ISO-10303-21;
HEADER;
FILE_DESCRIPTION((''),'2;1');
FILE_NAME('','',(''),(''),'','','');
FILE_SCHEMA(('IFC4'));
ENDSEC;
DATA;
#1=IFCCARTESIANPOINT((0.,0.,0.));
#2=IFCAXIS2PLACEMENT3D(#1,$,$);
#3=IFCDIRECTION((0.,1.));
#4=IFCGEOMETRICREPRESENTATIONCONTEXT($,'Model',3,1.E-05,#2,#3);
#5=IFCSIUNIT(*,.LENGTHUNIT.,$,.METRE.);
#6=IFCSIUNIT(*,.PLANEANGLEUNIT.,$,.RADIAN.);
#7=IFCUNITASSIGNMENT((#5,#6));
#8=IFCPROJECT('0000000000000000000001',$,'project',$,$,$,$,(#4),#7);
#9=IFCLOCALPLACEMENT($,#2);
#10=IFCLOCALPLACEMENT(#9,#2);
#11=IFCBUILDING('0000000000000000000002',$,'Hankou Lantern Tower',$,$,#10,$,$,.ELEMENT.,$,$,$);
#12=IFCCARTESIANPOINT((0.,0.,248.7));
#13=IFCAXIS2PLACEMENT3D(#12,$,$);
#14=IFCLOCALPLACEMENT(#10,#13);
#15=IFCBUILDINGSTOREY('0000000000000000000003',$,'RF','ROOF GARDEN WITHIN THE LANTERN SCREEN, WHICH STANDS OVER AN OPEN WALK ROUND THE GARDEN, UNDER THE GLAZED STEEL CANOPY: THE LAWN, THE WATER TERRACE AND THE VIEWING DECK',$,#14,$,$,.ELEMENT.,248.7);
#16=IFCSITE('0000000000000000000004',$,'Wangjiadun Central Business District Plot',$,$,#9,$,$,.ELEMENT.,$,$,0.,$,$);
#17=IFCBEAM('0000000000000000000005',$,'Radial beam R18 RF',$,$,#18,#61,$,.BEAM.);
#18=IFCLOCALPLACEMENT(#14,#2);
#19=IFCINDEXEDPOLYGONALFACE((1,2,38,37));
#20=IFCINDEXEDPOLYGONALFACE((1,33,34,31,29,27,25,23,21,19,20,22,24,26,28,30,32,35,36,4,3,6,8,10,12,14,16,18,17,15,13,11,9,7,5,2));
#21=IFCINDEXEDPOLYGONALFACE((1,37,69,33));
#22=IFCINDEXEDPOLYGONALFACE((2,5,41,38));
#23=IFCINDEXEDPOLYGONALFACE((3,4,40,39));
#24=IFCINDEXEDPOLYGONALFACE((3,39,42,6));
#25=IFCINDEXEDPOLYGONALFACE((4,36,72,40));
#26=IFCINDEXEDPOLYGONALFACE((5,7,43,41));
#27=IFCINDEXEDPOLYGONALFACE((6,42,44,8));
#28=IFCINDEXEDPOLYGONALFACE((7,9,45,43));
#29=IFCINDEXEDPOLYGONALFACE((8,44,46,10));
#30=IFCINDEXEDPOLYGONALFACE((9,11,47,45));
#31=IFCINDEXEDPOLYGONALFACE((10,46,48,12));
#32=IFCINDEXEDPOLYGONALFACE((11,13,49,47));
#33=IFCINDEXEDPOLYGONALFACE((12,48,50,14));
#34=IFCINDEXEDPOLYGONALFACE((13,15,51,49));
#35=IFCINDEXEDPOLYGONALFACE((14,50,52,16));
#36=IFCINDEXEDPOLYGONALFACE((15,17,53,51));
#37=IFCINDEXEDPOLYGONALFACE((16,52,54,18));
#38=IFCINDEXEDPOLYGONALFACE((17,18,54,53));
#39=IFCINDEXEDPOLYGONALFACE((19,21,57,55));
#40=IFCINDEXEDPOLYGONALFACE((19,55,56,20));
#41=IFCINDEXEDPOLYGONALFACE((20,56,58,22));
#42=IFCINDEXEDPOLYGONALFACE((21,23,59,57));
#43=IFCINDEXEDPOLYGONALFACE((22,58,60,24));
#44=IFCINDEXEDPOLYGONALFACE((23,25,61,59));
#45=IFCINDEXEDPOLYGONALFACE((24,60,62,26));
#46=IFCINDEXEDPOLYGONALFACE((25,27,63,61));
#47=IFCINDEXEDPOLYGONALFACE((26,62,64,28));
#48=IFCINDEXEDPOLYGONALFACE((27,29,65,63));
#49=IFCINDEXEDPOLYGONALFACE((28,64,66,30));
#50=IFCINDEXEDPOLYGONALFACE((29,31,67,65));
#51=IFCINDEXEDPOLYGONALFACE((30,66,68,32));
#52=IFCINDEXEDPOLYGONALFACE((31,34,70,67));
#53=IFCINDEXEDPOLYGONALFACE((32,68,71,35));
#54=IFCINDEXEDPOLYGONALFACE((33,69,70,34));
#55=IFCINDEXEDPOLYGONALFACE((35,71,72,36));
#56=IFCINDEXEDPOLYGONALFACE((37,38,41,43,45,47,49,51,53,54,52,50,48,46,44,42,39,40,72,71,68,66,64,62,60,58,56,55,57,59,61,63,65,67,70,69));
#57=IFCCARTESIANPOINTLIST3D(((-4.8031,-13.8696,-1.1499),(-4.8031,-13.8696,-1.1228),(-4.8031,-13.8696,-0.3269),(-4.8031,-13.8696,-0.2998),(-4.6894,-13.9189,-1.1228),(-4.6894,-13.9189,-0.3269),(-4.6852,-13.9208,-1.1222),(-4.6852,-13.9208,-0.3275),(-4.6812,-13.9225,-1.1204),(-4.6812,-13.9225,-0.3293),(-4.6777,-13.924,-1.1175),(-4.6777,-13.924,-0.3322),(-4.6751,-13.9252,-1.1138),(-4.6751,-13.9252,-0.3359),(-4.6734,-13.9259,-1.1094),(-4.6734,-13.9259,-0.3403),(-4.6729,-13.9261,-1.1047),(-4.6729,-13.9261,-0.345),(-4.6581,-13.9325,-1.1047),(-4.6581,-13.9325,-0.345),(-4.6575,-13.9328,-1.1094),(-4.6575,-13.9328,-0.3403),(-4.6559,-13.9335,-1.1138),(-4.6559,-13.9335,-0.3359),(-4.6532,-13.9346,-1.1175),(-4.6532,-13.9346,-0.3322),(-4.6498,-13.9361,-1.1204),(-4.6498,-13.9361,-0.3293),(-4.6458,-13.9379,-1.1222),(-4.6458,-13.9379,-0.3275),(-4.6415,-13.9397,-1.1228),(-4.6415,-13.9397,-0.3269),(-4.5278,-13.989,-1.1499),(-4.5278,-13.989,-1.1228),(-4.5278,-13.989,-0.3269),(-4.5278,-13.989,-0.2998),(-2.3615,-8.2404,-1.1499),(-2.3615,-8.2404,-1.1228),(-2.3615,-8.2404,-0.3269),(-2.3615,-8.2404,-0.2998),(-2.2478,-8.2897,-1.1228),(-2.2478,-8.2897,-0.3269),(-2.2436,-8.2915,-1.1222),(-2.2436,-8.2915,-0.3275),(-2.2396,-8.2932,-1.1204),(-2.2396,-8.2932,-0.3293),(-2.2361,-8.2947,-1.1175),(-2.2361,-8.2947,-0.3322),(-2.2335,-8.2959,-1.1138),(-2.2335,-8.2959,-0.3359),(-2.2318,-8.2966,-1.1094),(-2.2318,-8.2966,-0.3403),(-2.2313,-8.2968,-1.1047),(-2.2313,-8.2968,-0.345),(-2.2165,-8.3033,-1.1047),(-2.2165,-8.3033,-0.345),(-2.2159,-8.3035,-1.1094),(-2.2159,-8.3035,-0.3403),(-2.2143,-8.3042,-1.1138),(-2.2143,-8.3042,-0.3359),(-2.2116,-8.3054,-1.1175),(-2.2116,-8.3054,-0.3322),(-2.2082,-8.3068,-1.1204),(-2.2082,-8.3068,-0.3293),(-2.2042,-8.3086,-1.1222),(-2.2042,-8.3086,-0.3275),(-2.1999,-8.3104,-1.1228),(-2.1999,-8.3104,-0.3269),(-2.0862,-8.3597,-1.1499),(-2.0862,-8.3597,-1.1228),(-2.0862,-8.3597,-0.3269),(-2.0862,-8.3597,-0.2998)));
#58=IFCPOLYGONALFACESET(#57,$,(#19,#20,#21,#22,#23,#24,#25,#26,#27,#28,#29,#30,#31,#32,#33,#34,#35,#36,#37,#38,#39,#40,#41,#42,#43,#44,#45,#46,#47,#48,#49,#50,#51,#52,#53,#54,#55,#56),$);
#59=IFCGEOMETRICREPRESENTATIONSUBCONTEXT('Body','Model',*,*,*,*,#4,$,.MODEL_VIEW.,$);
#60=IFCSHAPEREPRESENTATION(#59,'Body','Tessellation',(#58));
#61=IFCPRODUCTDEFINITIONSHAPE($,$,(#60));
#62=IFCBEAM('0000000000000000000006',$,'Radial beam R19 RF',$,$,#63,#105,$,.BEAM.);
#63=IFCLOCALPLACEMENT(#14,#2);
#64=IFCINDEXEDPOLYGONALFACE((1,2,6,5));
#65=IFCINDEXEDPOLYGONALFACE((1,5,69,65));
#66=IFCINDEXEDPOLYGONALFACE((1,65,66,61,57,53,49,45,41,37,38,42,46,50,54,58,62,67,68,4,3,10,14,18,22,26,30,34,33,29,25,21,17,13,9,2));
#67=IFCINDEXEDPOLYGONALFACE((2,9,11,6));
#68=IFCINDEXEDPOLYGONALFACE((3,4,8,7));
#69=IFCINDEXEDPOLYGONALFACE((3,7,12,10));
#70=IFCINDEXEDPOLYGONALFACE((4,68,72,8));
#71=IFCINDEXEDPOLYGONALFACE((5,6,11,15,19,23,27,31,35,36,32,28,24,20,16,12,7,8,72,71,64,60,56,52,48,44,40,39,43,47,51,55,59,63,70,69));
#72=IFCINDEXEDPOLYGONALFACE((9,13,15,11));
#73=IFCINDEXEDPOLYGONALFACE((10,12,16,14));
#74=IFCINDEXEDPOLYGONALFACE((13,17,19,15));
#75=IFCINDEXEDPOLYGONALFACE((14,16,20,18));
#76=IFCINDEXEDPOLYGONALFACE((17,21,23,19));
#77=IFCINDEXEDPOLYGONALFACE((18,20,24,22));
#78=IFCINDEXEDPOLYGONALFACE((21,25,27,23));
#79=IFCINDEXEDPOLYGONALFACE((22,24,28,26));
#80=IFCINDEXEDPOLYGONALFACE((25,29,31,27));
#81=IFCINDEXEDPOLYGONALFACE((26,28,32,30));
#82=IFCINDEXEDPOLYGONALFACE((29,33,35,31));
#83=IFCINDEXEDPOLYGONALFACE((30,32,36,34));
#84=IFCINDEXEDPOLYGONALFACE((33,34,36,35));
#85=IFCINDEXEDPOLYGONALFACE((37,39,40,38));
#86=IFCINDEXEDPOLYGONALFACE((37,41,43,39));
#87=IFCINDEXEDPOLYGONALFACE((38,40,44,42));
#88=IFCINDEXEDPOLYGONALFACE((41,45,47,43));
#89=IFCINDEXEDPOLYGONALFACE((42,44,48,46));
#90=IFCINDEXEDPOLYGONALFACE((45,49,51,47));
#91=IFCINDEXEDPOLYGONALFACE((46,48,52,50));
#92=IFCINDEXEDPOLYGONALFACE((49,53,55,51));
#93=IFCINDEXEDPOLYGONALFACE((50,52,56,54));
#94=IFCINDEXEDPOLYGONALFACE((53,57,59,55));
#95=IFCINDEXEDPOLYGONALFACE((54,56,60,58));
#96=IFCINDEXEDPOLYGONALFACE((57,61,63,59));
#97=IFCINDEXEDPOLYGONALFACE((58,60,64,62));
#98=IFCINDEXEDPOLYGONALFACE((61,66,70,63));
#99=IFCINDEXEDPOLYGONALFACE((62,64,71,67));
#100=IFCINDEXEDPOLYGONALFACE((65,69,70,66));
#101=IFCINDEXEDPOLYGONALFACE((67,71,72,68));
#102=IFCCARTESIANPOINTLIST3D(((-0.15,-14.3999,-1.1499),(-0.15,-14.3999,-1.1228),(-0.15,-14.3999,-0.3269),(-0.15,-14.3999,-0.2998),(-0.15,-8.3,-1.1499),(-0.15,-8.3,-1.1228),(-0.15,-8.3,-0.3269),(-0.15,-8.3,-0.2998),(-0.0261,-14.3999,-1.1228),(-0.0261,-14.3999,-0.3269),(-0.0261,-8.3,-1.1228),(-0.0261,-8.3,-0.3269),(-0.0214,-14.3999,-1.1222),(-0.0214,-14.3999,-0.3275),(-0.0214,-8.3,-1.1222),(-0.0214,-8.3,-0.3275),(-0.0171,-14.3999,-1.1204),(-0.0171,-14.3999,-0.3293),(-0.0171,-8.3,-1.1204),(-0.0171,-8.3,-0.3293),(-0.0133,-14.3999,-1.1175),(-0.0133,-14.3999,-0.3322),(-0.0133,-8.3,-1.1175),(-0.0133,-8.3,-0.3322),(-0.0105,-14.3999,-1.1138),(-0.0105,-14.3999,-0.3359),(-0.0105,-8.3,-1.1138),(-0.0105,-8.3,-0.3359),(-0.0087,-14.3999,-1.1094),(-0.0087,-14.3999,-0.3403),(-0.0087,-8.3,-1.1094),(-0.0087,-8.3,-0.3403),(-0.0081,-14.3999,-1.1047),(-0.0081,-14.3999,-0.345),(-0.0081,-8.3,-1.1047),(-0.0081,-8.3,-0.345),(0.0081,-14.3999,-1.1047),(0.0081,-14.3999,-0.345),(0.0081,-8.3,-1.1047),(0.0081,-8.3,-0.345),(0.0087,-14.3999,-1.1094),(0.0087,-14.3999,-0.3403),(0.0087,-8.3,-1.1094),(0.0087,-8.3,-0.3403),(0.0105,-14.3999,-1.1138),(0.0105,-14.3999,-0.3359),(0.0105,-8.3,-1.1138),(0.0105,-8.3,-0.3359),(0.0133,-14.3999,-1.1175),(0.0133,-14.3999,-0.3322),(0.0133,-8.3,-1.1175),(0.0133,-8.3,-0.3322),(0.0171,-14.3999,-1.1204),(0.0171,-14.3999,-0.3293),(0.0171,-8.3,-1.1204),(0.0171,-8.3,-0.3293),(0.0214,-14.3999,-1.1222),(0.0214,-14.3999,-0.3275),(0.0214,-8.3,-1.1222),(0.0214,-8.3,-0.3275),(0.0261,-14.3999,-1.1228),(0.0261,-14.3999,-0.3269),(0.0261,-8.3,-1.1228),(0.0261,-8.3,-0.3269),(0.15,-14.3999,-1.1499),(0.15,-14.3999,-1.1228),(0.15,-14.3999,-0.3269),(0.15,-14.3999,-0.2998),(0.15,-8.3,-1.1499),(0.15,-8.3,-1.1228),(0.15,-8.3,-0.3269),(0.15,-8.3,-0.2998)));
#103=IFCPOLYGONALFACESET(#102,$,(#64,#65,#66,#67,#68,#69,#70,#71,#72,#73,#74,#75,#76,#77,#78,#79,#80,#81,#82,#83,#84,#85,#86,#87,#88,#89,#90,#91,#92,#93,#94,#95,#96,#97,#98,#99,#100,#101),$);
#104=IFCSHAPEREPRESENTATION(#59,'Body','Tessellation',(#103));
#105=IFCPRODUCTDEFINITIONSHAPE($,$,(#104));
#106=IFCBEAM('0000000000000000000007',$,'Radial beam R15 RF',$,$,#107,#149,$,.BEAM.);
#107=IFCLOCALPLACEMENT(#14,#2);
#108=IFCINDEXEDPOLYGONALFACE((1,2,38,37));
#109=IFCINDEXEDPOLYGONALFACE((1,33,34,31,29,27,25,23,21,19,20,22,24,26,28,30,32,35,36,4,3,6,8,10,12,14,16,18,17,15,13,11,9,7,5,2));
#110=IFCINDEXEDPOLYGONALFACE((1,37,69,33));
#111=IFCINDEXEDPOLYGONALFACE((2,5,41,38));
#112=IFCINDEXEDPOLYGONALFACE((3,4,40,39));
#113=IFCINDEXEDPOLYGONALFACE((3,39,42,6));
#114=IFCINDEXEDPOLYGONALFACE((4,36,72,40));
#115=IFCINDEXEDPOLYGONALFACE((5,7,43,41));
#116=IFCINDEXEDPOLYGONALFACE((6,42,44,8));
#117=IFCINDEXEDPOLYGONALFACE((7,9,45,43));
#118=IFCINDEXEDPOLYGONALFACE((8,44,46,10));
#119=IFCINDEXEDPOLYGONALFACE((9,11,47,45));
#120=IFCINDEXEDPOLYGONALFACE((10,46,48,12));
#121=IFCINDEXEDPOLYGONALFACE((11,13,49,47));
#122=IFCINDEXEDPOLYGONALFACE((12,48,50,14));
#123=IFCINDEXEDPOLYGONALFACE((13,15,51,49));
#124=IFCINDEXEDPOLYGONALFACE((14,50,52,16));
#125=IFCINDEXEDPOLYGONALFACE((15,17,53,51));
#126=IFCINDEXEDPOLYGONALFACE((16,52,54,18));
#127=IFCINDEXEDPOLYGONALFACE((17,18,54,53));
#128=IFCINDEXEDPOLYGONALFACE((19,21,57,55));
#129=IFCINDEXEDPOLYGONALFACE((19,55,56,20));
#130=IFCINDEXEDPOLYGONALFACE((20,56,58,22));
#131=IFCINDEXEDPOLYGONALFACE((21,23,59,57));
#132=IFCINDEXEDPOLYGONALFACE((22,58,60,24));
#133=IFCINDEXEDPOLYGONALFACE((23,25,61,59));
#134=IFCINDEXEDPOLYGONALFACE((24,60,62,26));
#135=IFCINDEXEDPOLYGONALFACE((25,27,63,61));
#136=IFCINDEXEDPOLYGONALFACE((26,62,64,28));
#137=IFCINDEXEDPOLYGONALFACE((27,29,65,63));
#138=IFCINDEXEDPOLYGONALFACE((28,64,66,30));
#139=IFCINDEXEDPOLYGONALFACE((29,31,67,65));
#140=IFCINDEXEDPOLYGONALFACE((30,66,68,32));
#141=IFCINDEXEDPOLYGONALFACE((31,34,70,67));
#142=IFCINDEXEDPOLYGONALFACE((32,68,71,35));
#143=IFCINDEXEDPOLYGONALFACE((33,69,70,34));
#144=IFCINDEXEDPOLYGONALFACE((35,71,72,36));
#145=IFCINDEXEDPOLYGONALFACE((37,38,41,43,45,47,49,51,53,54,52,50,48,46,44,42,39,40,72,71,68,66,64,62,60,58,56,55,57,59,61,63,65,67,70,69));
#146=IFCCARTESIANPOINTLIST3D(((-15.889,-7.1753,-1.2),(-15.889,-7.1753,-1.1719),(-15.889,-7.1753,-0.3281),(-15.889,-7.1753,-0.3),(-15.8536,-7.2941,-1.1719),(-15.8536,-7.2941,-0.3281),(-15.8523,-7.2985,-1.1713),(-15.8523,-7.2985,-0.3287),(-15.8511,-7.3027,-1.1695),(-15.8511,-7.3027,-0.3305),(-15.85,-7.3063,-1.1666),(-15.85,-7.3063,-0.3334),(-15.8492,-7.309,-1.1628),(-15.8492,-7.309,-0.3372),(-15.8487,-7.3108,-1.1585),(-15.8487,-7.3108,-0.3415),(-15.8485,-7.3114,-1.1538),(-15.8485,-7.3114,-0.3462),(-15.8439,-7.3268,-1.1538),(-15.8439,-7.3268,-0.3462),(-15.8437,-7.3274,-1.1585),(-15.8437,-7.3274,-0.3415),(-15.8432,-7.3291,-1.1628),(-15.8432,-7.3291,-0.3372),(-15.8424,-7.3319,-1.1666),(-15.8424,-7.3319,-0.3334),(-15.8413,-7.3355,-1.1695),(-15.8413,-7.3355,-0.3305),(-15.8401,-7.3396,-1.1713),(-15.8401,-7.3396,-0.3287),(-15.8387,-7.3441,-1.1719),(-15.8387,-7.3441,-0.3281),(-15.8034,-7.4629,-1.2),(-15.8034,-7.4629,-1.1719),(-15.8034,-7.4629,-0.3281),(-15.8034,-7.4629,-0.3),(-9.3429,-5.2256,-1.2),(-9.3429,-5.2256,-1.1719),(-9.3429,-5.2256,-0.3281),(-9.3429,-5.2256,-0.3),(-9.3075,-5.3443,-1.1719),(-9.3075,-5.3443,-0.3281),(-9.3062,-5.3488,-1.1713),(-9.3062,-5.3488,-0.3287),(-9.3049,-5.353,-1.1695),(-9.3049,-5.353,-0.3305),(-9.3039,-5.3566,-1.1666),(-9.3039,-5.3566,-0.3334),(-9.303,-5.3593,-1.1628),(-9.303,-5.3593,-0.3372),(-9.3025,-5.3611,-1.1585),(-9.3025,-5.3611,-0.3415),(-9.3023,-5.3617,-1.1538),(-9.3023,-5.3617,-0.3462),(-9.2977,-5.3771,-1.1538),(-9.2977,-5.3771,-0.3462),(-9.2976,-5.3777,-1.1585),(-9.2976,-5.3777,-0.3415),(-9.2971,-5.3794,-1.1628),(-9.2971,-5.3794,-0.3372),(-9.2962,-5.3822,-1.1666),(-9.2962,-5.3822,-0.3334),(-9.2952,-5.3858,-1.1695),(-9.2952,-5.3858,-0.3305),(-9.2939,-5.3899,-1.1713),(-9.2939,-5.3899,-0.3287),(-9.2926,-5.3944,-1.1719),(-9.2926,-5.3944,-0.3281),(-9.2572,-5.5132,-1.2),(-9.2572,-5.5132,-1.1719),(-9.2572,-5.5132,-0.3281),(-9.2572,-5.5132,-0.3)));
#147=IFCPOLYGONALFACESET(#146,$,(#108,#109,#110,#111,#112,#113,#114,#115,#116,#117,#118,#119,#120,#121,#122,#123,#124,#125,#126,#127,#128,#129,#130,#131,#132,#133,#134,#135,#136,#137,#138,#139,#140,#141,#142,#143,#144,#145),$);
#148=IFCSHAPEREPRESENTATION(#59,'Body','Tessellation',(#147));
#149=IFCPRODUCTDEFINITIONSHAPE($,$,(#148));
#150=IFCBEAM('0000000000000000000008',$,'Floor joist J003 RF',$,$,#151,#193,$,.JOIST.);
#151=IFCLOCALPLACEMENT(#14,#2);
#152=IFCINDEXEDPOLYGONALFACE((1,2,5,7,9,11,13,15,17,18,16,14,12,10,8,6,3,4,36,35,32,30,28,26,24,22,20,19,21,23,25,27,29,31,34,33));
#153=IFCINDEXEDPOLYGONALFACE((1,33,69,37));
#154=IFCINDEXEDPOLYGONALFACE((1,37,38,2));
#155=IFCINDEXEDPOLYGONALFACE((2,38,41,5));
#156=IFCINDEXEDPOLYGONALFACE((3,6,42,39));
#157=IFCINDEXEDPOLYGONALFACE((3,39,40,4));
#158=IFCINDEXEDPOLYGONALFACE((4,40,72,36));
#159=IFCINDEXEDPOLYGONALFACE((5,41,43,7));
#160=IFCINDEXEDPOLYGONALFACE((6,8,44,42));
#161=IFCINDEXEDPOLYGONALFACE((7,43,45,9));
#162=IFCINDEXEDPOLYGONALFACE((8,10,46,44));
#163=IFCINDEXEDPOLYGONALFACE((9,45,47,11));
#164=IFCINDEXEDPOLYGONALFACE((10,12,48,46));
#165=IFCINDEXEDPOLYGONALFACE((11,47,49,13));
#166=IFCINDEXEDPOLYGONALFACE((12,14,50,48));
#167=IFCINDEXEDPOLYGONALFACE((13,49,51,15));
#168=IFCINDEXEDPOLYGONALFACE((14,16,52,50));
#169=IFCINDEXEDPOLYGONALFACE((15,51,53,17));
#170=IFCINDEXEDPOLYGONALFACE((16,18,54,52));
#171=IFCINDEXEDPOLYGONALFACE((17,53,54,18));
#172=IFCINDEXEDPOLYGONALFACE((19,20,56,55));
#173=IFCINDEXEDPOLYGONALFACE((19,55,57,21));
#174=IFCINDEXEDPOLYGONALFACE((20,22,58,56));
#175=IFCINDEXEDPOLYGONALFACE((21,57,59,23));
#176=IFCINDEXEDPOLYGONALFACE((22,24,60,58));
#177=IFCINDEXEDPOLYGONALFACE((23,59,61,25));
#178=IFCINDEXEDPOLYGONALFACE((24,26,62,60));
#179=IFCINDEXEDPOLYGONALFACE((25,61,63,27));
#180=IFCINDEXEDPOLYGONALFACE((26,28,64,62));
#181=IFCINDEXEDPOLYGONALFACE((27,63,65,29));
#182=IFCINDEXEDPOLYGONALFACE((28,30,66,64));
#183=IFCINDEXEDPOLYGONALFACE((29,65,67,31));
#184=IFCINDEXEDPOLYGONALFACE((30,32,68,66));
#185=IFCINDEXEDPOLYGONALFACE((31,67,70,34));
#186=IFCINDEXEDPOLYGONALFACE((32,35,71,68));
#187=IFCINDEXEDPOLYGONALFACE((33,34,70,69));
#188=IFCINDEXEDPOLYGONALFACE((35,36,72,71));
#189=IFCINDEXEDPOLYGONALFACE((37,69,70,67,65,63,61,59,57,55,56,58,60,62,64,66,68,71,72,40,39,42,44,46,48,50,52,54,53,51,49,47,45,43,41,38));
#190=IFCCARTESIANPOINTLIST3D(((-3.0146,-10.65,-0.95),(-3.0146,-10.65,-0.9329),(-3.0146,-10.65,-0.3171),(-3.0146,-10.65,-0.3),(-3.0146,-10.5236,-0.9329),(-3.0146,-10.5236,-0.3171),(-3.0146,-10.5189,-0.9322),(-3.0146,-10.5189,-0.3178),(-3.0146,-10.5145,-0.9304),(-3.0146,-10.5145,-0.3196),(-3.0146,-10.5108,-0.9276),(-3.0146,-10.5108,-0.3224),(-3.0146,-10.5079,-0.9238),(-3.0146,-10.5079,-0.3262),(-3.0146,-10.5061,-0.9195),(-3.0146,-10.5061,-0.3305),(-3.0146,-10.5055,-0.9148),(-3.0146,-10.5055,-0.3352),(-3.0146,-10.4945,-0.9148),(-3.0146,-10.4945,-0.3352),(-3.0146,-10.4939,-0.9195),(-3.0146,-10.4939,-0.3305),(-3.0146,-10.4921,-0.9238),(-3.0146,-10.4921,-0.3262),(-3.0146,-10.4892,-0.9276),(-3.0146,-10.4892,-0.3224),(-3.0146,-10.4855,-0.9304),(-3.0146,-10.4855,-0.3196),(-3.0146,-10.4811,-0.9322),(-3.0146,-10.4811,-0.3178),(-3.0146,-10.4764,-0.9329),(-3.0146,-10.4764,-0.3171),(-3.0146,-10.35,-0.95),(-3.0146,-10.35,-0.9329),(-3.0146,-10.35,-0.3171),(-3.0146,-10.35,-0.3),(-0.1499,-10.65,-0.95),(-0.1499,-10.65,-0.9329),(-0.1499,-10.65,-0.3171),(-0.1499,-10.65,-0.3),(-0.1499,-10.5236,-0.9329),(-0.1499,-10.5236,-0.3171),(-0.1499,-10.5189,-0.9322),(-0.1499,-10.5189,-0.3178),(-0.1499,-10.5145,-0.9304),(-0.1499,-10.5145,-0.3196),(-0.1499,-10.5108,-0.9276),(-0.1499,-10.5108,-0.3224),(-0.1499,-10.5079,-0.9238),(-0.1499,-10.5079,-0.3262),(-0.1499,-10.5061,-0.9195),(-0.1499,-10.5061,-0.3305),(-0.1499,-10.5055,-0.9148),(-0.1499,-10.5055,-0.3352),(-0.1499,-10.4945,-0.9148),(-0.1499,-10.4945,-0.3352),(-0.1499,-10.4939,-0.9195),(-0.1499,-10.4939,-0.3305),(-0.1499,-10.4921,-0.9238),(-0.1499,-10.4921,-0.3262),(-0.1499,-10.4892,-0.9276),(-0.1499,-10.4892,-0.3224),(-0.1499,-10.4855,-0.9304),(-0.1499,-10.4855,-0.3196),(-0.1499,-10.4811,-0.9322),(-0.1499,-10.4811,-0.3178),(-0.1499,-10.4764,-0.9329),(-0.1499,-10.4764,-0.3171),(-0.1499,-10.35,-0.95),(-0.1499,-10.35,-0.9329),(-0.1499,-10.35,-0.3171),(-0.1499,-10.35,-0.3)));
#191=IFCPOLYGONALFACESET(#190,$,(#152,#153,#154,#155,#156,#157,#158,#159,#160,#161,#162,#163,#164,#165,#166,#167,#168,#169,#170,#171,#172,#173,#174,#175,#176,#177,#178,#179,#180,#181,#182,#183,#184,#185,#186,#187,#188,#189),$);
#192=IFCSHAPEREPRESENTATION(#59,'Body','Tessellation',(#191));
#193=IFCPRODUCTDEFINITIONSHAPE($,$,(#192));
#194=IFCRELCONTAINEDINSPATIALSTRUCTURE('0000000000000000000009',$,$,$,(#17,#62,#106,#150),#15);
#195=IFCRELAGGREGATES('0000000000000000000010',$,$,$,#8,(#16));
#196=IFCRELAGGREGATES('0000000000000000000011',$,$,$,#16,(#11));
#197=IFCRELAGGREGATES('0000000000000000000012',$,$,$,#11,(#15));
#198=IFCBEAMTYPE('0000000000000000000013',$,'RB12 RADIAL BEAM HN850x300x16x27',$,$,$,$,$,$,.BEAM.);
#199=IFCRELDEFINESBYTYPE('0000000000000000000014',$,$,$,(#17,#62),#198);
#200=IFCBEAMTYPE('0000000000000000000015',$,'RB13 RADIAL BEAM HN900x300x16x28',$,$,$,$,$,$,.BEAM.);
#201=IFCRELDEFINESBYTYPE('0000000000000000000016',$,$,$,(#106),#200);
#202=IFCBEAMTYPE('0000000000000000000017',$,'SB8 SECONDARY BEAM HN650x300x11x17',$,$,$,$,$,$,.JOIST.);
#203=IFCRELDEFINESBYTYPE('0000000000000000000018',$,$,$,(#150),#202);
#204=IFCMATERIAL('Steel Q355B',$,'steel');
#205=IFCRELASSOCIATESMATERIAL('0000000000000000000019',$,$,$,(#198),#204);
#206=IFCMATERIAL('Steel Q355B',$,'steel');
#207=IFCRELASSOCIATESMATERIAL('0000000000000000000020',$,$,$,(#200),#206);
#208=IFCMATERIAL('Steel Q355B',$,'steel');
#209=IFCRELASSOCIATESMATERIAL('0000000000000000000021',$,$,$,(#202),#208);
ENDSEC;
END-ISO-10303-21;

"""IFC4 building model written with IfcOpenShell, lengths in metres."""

from ifc_helpers import new_model, si_unit, direction, frame, origin, origin_2d, place, context, subcontext, project, spatial, i_section, extrude, material, material_profile, profile_set, type_object, element, save


model = new_model("IFC4")

# Units and contexts
model_context = context("Model", 3, precision=1e-05, world=origin(), true_north=direction((0.0, 1.0)))
body_context = subcontext(model_context, "Body", "Model", "MODEL_VIEW")
ifc_project = project(units=[si_unit("LENGTHUNIT", "METRE"), si_unit("PLANEANGLEUNIT", "RADIAN")], contexts=[model_context])

# Site, building, storey
site_placement = place(None, origin())
site = spatial("IfcSite", under=ifc_project, at=site_placement, Name="Wangjiadun Central Business District Plot", CompositionType="ELEMENT", RefElevation=0.0)
building_placement = place(site_placement, origin())
building = spatial("IfcBuilding", under=site, at=building_placement, Name="Hankou Lantern Tower", CompositionType="ELEMENT")
storey_placement = place(building_placement, frame((0.0, 0.0, 248.7)))
storey = spatial("IfcBuildingStorey", under=building, at=storey_placement, Name="RF", Description="ROOF GARDEN WITHIN THE LANTERN SCREEN, WHICH STANDS OVER AN OPEN WALK ROUND THE GARDEN, UNDER THE GLAZED STEEL CANOPY: THE LAWN, THE WATER TERRACE AND THE VIEWING DECK", CompositionType="ELEMENT", Elevation=248.7)

# Beams
ifc_material_1 = material(Name="Steel Q355B", Category="steel")
ifc_material_profile_1 = material_profile(ifc_material_1, i_section(OverallWidth=0.3, OverallDepth=0.8501, WebThickness=0.0161, FlangeThickness=0.0271, FilletRadius=0.0181, at=origin_2d()), Name="HN850x300x16x27")
ifc_profile_set_1 = profile_set([ifc_material_profile_1], Name="Steel Q355B")
beam_type_1 = type_object("IfcBeamType", Name="RB12 RADIAL BEAM HN850x300x16x27", PredefinedType="BEAM", material=ifc_profile_set_1)
beam_1_placement = place(storey_placement, frame((-2.2239, -8.3, -0.7249), z_axis=(-0.397916, -0.917422, 0.0), x_axis=(0.917422, -0.397916, 0.0)))
element("IfcBeam", 1, at=beam_1_placement, inside=storey, type_object=beam_type_1, Name="Radial beam R18 RF", PredefinedType="BEAM", context=body_context, shape_type="SweptSolid", body=[
    extrude(i_section(OverallWidth=0.3, OverallDepth=0.8501, WebThickness=0.0161, FlangeThickness=0.0271, FilletRadius=0.0181, at=origin_2d()), origin(), (0.0, 0.0, 1.0), 6.136),
])
beam_2_placement = place(storey_placement, frame((0.0, -8.3, -0.7249), z_axis=(0.0, -1.0, 0.0), x_axis=(1.0, 0.0, 0.0)))
element("IfcBeam", 2, at=beam_2_placement, inside=storey, type_object=beam_type_1, Name="Radial beam R19 RF", PredefinedType="BEAM", context=body_context, shape_type="SweptSolid", body=[
    extrude(i_section(OverallWidth=0.3, OverallDepth=0.8501, WebThickness=0.0161, FlangeThickness=0.0271, FilletRadius=0.0181, at=origin_2d()), origin(), (0.0, 0.0, 1.0), 6.0999),
])
ifc_material_2 = material(Name="Steel Q355B", Category="steel")
ifc_material_profile_2 = material_profile(ifc_material_2, i_section(OverallWidth=0.3, OverallDepth=0.8999, WebThickness=0.0161, FlangeThickness=0.0281, FilletRadius=0.0181, at=origin_2d()), Name="HN900x300x16x28")
ifc_profile_set_2 = profile_set([ifc_material_profile_2], Name="Steel Q355B")
beam_type_2 = type_object("IfcBeamType", Name="RB13 RADIAL BEAM HN900x300x16x28", PredefinedType="BEAM", material=ifc_profile_set_2)
beam_3_placement = place(storey_placement, frame((-9.3, -5.3694, -0.75), z_axis=(-0.958394, -0.285449, 0.0), x_axis=(0.285449, -0.958394, 0.0)))
element("IfcBeam", 3, at=beam_3_placement, inside=storey, type_object=beam_type_2, Name="Radial beam R15 RF", PredefinedType="BEAM", context=body_context, shape_type="SweptSolid", body=[
    extrude(i_section(OverallWidth=0.3, OverallDepth=0.8999, WebThickness=0.0161, FlangeThickness=0.0281, FilletRadius=0.0181, at=origin_2d()), origin(), (0.0, 0.0, 1.0), 6.8303),
])
ifc_material_3 = material(Name="Steel Q355B", Category="steel")
ifc_material_profile_3 = material_profile(ifc_material_3, i_section(OverallWidth=0.3, OverallDepth=0.6499, WebThickness=0.011, FlangeThickness=0.0171, FilletRadius=0.0181, at=origin_2d()), Name="HN650x300x11x17")
ifc_profile_set_3 = profile_set([ifc_material_profile_3], Name="Steel Q355B")
beam_type_3 = type_object("IfcBeamType", Name="SB8 SECONDARY BEAM HN650x300x11x17", PredefinedType="JOIST", material=ifc_profile_set_3)
beam_4_placement = place(storey_placement, frame((-3.0146, -10.5, -0.625), z_axis=(1.0, 0.0, 0.0), x_axis=(0.0, 1.0, 0.0)))
element("IfcBeam", 4, at=beam_4_placement, inside=storey, type_object=beam_type_3, Name="Floor joist J003 RF", PredefinedType="JOIST", context=body_context, shape_type="SweptSolid", body=[
    extrude(i_section(OverallWidth=0.3, OverallDepth=0.6499, WebThickness=0.011, FlangeThickness=0.0171, FilletRadius=0.0181, at=origin_2d()), origin(), (0.0, 0.0, 1.0), 2.8647),
])

save(model, "model.ifc")
